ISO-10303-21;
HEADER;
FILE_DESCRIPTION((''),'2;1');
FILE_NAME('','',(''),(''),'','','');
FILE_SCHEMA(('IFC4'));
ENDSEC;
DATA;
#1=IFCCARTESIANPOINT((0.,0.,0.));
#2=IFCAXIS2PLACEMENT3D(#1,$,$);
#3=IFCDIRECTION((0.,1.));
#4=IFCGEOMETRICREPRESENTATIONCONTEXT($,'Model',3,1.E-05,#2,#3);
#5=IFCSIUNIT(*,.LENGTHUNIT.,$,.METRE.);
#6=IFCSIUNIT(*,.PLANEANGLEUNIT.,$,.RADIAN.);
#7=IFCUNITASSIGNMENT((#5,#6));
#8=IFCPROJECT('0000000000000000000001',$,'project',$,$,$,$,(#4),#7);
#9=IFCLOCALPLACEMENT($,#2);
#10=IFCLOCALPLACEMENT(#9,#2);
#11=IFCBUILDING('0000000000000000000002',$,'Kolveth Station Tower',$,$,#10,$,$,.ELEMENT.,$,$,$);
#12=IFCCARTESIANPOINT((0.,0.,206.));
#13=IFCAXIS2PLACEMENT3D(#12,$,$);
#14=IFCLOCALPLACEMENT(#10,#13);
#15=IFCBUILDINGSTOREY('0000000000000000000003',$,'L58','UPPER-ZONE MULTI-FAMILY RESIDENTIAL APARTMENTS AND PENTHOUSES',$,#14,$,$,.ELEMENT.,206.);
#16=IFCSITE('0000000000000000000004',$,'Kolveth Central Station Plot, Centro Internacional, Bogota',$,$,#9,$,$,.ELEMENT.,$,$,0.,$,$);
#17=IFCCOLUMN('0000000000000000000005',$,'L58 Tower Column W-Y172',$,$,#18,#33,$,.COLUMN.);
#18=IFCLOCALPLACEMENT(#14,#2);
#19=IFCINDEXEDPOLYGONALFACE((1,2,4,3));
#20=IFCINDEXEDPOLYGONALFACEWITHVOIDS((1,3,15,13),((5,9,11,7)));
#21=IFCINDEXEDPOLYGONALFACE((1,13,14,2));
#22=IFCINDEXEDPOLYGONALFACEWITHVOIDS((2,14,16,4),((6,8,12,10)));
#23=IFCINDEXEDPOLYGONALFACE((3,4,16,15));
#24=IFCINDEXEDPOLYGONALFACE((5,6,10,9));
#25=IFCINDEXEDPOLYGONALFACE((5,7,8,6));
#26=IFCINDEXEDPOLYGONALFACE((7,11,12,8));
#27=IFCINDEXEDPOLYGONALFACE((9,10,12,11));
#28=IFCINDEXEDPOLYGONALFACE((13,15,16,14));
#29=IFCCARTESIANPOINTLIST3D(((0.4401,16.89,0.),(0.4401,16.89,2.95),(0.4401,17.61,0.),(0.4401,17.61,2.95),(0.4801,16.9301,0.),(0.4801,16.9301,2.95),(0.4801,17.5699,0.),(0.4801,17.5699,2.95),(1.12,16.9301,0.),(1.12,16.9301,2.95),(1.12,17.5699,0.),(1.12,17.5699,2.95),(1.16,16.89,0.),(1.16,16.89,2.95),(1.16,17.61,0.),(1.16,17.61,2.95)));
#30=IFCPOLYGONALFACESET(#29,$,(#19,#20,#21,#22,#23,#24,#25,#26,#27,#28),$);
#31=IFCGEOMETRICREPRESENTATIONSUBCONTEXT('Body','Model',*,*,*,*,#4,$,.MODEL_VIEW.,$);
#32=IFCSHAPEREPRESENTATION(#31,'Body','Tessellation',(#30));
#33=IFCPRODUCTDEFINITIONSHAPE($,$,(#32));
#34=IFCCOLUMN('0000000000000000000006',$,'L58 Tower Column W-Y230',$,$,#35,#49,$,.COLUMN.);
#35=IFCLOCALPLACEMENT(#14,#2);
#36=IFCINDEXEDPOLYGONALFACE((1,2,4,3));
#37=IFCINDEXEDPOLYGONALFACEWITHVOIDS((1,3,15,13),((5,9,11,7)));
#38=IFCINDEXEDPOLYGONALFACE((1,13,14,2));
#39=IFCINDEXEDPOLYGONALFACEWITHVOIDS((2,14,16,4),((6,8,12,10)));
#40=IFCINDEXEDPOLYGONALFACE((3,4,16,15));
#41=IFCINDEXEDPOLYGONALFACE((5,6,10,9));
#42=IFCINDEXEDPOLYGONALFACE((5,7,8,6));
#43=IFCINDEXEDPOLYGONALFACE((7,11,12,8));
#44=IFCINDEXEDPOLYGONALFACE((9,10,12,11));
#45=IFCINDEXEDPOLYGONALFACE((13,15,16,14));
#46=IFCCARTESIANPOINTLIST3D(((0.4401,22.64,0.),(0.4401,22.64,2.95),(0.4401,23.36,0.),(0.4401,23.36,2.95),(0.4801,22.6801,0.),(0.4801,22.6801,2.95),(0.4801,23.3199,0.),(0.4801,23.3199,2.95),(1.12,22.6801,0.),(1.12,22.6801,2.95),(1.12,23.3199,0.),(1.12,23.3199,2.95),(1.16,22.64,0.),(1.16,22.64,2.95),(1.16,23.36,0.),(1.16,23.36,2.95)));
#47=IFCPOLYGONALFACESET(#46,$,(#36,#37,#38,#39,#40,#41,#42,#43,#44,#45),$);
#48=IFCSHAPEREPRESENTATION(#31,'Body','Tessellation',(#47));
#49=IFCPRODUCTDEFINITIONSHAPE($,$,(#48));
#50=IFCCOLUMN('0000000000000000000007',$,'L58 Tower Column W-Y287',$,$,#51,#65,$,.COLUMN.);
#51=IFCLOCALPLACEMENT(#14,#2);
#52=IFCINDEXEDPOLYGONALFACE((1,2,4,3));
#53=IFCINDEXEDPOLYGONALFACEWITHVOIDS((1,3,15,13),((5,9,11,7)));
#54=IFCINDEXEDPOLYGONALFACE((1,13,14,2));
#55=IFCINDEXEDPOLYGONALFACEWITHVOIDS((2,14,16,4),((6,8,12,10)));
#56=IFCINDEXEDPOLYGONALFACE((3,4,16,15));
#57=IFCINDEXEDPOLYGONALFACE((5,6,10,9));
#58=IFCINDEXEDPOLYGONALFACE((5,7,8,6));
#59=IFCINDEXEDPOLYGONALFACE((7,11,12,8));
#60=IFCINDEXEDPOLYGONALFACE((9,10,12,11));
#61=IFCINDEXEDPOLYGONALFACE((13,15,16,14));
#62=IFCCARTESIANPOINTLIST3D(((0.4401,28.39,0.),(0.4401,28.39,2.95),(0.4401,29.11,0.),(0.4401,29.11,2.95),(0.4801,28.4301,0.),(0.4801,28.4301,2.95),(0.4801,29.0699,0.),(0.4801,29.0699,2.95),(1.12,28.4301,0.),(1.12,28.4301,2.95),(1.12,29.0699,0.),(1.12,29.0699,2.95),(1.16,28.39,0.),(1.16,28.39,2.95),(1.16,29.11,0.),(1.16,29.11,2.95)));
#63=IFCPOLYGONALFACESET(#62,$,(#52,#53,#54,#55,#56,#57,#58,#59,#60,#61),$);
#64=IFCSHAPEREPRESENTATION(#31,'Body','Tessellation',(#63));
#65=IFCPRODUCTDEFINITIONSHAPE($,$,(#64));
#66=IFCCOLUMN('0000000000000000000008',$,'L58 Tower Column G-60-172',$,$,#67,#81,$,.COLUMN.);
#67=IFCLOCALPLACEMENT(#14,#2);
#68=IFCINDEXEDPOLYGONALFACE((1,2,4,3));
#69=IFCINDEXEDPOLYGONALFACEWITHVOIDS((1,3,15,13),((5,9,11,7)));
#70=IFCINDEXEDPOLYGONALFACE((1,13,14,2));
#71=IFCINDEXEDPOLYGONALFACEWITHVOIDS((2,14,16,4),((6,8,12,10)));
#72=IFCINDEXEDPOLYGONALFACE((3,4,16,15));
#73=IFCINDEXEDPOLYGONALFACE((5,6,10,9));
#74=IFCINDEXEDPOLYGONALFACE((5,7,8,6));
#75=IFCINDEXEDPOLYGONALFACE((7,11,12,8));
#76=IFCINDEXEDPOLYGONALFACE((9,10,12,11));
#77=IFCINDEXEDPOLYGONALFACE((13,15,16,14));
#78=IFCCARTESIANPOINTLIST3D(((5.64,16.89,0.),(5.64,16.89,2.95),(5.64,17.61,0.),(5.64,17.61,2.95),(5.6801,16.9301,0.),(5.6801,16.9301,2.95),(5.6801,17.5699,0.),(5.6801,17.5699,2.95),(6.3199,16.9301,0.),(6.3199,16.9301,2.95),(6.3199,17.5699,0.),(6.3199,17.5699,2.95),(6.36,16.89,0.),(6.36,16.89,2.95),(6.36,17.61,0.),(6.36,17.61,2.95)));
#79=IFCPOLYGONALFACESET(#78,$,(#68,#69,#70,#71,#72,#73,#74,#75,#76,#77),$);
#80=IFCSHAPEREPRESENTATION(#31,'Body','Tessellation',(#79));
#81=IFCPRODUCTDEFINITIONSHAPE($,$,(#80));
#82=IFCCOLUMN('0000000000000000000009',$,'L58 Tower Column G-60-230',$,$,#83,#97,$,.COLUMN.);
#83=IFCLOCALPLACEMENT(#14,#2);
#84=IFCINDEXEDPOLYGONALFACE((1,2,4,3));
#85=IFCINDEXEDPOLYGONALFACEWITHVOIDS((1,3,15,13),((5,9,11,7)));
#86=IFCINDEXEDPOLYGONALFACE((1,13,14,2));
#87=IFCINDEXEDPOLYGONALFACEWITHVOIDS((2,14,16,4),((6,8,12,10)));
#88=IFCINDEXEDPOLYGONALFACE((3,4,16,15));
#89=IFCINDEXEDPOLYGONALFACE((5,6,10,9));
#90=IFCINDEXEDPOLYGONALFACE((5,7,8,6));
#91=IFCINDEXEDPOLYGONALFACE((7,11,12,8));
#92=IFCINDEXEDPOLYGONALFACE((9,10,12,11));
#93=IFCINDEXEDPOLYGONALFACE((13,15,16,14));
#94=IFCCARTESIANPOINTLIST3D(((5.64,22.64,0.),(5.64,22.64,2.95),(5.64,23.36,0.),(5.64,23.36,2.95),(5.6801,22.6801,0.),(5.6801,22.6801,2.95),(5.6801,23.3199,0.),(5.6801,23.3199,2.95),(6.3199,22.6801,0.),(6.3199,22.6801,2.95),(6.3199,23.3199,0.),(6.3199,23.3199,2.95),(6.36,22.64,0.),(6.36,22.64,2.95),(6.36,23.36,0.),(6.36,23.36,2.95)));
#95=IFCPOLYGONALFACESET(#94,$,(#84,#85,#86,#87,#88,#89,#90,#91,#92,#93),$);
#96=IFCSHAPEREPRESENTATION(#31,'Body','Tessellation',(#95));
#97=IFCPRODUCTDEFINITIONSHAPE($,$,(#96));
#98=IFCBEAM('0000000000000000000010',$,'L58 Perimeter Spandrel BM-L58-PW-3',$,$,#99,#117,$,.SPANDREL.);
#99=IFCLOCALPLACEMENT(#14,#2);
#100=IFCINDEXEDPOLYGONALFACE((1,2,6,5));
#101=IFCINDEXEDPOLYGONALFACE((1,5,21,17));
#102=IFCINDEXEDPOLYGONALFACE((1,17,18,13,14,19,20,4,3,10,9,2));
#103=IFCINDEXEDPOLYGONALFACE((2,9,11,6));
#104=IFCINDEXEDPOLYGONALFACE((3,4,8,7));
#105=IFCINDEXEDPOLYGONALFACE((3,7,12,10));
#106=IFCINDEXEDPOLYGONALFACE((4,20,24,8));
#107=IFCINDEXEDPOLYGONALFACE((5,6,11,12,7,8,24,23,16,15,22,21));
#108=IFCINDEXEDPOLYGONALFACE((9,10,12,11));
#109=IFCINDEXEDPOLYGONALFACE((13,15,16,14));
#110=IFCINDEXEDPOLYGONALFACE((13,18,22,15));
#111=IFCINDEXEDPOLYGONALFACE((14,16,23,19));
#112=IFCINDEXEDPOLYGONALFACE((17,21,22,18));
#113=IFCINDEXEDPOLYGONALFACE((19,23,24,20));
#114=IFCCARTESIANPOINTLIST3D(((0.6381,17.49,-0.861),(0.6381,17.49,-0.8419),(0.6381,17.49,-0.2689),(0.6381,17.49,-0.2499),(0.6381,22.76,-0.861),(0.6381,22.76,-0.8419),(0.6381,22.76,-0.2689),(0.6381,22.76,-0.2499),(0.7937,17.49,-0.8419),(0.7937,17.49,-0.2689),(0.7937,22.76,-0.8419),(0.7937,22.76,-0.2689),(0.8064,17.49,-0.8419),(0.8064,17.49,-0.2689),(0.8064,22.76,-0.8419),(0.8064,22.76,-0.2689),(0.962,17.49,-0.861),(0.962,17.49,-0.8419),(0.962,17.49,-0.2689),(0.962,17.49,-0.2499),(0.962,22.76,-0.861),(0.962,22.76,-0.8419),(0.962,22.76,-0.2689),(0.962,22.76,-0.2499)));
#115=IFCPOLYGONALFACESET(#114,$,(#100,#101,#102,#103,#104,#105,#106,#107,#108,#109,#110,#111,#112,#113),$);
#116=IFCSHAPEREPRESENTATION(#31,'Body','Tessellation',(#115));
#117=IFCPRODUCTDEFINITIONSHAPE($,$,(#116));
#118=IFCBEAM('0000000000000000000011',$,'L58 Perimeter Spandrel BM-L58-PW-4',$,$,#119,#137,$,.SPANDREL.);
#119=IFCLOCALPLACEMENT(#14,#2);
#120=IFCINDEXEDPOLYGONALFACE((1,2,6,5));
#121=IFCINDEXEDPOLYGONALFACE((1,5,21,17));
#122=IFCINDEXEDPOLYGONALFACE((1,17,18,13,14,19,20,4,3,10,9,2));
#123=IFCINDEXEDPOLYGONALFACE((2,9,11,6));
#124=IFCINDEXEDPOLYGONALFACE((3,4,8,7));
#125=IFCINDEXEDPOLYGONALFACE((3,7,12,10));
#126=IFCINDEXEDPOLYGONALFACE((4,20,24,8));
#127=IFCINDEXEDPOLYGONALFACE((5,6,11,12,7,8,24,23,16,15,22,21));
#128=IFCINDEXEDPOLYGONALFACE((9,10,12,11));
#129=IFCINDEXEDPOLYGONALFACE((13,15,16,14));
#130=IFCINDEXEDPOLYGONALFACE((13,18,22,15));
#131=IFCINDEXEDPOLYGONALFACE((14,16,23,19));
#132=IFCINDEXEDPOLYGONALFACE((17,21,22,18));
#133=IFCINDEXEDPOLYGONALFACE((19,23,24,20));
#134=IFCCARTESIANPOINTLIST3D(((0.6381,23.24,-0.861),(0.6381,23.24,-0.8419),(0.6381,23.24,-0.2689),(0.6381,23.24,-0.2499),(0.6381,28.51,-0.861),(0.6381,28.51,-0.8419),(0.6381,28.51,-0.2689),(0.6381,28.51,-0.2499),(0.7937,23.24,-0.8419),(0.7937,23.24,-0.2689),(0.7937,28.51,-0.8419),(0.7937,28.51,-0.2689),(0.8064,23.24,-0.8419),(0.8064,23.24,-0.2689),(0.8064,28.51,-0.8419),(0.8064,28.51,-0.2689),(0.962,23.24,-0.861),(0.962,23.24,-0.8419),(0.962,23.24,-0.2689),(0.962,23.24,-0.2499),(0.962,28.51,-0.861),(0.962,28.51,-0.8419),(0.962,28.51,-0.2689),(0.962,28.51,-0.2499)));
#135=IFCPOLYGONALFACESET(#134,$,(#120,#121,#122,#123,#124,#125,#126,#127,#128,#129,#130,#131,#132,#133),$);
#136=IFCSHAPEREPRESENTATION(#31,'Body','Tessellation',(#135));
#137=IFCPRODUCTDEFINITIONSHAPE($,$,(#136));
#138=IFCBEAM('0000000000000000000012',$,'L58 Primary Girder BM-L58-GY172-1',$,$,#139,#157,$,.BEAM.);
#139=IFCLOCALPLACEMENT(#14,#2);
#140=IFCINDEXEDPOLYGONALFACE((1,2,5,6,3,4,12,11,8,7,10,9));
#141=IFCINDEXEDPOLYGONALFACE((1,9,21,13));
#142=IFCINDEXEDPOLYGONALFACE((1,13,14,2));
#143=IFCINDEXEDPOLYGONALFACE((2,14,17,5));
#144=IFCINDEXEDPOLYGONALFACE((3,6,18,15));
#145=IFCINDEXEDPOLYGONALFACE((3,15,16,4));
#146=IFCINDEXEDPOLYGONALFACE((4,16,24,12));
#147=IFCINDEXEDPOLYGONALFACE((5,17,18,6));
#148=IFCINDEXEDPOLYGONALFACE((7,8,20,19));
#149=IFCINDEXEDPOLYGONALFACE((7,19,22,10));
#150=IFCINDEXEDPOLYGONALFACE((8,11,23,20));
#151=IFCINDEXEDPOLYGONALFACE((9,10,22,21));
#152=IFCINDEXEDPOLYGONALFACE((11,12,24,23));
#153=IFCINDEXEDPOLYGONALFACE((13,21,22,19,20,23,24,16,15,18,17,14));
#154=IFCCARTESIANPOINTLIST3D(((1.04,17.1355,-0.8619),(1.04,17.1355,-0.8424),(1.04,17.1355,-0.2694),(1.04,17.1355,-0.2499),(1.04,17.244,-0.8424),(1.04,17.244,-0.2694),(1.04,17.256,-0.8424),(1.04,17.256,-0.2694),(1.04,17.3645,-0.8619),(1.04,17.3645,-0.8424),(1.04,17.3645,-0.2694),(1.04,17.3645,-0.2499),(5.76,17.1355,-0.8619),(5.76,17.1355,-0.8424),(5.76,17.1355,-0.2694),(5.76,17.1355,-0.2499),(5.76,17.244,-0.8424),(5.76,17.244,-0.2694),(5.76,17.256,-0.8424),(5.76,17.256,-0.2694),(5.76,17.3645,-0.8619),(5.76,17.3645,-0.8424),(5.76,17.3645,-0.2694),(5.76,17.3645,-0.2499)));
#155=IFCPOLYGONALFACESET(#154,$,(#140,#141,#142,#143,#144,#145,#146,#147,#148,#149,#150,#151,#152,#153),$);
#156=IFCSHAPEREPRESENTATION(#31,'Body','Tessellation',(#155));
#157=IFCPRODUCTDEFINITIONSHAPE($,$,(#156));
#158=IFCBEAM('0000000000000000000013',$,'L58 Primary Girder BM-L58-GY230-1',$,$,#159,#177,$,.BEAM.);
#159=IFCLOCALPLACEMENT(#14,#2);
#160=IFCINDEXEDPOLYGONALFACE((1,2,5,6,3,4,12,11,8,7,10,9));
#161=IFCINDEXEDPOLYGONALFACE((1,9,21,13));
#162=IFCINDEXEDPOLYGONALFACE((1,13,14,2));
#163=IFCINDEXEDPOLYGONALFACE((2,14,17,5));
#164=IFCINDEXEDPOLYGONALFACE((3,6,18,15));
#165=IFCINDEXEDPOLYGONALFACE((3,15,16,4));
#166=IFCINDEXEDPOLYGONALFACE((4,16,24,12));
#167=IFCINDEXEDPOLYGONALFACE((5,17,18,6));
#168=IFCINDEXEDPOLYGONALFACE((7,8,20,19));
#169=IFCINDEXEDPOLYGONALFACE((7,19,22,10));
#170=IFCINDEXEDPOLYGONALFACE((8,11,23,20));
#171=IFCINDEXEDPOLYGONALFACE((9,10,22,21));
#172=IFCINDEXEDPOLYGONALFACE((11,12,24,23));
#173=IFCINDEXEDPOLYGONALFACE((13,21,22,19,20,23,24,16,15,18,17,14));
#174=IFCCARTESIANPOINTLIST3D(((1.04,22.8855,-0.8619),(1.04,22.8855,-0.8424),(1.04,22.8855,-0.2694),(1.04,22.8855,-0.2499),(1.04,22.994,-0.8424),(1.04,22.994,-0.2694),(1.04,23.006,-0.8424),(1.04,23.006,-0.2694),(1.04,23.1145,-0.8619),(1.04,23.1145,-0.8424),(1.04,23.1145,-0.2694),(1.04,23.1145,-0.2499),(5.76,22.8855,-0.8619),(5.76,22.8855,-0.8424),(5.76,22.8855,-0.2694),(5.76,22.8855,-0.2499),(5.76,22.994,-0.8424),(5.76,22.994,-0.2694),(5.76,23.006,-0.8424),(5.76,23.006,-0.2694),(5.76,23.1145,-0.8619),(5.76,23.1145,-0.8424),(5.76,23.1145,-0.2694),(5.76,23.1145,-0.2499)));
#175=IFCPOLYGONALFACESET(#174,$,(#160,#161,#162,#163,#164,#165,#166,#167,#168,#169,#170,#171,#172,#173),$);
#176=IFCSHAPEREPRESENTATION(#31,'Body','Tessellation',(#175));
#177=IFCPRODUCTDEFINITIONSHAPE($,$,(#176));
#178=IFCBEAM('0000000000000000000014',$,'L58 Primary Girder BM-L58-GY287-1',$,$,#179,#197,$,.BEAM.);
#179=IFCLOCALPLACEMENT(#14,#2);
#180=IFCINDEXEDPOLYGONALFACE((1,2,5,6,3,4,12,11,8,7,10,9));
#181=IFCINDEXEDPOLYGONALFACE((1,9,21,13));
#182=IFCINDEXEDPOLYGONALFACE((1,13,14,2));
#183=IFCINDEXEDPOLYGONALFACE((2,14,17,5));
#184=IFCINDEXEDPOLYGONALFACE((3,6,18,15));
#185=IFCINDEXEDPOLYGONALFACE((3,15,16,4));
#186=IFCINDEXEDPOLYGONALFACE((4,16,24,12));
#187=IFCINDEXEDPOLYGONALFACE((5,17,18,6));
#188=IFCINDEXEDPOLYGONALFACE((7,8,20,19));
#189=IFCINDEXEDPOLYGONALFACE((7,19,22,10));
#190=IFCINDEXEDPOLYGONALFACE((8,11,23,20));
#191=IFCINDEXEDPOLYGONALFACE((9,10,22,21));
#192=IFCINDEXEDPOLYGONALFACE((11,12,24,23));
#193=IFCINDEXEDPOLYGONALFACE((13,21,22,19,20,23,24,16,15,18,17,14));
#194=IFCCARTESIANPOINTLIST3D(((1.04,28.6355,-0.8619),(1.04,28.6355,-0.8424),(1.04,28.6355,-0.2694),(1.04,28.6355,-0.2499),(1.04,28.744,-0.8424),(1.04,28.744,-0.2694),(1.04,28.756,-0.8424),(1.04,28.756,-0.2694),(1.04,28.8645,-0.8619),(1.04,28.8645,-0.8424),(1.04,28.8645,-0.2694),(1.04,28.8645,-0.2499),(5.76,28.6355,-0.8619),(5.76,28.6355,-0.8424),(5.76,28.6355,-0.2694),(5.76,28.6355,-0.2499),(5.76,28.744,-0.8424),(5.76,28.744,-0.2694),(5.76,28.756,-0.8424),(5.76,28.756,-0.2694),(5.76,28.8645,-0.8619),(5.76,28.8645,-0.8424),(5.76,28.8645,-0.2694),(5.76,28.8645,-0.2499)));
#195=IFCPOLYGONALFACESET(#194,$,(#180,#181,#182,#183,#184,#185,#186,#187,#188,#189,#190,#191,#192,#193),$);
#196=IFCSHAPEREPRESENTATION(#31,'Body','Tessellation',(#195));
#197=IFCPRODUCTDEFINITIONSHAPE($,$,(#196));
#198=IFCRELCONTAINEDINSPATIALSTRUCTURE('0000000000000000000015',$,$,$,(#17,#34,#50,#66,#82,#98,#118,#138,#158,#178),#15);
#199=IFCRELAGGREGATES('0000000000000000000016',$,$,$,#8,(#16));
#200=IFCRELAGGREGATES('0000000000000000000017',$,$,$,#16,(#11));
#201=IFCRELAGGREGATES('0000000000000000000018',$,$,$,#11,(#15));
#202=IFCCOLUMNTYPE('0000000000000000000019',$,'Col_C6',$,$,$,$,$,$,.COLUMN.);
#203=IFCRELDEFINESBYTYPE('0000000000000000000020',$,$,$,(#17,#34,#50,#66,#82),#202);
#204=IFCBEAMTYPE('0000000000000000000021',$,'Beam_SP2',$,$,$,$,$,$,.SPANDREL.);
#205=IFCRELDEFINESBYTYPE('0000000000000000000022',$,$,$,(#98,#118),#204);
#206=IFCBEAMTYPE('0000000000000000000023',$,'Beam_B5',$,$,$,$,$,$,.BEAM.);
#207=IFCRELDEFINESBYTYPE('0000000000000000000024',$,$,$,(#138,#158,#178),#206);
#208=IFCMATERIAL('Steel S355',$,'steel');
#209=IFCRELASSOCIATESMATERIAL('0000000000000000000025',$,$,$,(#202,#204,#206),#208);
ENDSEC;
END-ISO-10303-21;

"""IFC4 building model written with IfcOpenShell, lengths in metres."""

from ifc_helpers import new_model, si_unit, direction, frame, origin, origin_2d, place, context, subcontext, project, spatial, hollow_rectangle, i_section, extrude, source, transform, mapped, material, material_profile, profile_set, type_object, element, save


model = new_model("IFC4")

# Units and contexts
model_context = context("Model", 3, precision=1e-05, world=origin(), true_north=direction((0.0, 1.0)))
body_context = subcontext(model_context, "Body", "Model", "MODEL_VIEW")
ifc_project = project(units=[si_unit("LENGTHUNIT", "METRE"), si_unit("PLANEANGLEUNIT", "RADIAN")], contexts=[model_context])

# Site, building, storey
site_placement = place(None, origin())
site = spatial("IfcSite", under=ifc_project, at=site_placement, Name="Kolveth Central Station Plot, Centro Internacional, Bogota", CompositionType="ELEMENT", RefElevation=0.0)
building_placement = place(site_placement, origin())
building = spatial("IfcBuilding", under=site, at=building_placement, Name="Kolveth Station Tower", CompositionType="ELEMENT")
storey_placement = place(building_placement, frame((0.0, 0.0, 206.0)))
storey = spatial("IfcBuildingStorey", under=building, at=storey_placement, Name="L58", Description="UPPER-ZONE MULTI-FAMILY RESIDENTIAL APARTMENTS AND PENTHOUSES", CompositionType="ELEMENT", Elevation=206.0)

# Columns
ifc_material_1 = material(Name="Steel S355", Category="steel")
ifc_material_profile_1 = material_profile(ifc_material_1, hollow_rectangle(XDim=0.72, YDim=0.72, WallThickness=0.04, at=origin_2d()), Name="BOX720x720x40")
ifc_profile_set_1 = profile_set([ifc_material_profile_1], Name="Steel S355")
column_type = type_object("IfcColumnType", Name="Col_C6", PredefinedType="COLUMN", material=ifc_profile_set_1)
shared_shape_1 = source(origin(), body_context, "Body", "SweptSolid", [
    extrude(hollow_rectangle(XDim=0.72, YDim=0.72, WallThickness=0.04, at=origin_2d()), origin(), (0.0, 0.0, 1.0), 2.95),
])
for number, where, z_axis, x_axis, name in (
    (1, (0.8, 17.25, 0.0), (0.0, 0.0, 1.0), (1.0, 0.0, 0.0), "L58 Tower Column W-Y172"),
    (2, (0.8, 23.0, 0.0), (0.0, 0.0, 1.0), (1.0, 0.0, 0.0), "L58 Tower Column W-Y230"),
    (3, (0.8, 28.75, 0.0), (0.0, 0.0, 1.0), (1.0, 0.0, 0.0), "L58 Tower Column W-Y287"),
    (4, (6.0, 17.25, 0.0), (0.0, 0.0, 1.0), (1.0, 0.0, 0.0), "L58 Tower Column G-60-172"),
    (5, (6.0, 23.0, 0.0), (0.0, 0.0, 1.0), (1.0, 0.0, 0.0), "L58 Tower Column G-60-230"),
):
    element("IfcColumn", number, at=place(storey_placement, frame(where, z_axis=z_axis, x_axis=x_axis)), inside=storey, type_object=column_type, Name=name, PredefinedType="COLUMN", context=body_context, shape_type="MappedRepresentation", body=[
        mapped(shared_shape_1, transform((0.0, 0.0, 0.0), x_axis=(1.0, 0.0, 0.0), y_axis=(0.0, 1.0, 0.0), z_axis=(0.0, 0.0, 1.0), scale=1.0)),
    ])

# Beams
ifc_material_profile_2 = material_profile(ifc_material_1, i_section(OverallWidth=0.324, OverallDepth=0.6111, WebThickness=0.0127, FlangeThickness=0.019, at=origin_2d()), Name="W610x155")
ifc_profile_set_2 = profile_set([ifc_material_profile_2], Name="Steel S355")
beam_type_1 = type_object("IfcBeamType", Name="Beam_SP2", PredefinedType="SPANDREL", material=ifc_profile_set_2)
shared_shape_2 = source(origin(), body_context, "Body", "SweptSolid", [
    extrude(i_section(OverallWidth=0.324, OverallDepth=0.6111, WebThickness=0.0127, FlangeThickness=0.019, at=origin_2d()), origin(), (0.0, 0.0, 1.0), 5.27),
])
for number, where, z_axis, x_axis, name in (
    (6, (0.8, 17.49, -0.5554), (0.0, 1.0, 0.0), (-1.0, 0.0, 0.0), "L58 Perimeter Spandrel BM-L58-PW-3"),
    (7, (0.8, 23.24, -0.5554), (0.0, 1.0, 0.0), (-1.0, 0.0, 0.0), "L58 Perimeter Spandrel BM-L58-PW-4"),
):
    element("IfcBeam", number, at=place(storey_placement, frame(where, z_axis=z_axis, x_axis=x_axis)), inside=storey, type_object=beam_type_1, Name=name, PredefinedType="SPANDREL", context=body_context, shape_type="MappedRepresentation", body=[
        mapped(shared_shape_2, transform((0.0, 0.0, 0.0), x_axis=(1.0, 0.0, 0.0), y_axis=(0.0, 1.0, 0.0), z_axis=(0.0, 0.0, 1.0), scale=1.0)),
    ])
ifc_material_profile_3 = material_profile(ifc_material_1, i_section(OverallWidth=0.229, OverallDepth=0.6121, WebThickness=0.012, FlangeThickness=0.0195, at=origin_2d()), Name="W610x125")
ifc_profile_set_3 = profile_set([ifc_material_profile_3], Name="Steel S355")
beam_type_2 = type_object("IfcBeamType", Name="Beam_B5", PredefinedType="BEAM", material=ifc_profile_set_3)
shared_shape_3 = source(origin(), body_context, "Body", "SweptSolid", [
    extrude(i_section(OverallWidth=0.229, OverallDepth=0.6121, WebThickness=0.012, FlangeThickness=0.0195, at=origin_2d()), origin(), (0.0, 0.0, 1.0), 4.72),
])
for number, where, z_axis, x_axis, name in (
    (8, (1.04, 17.25, -0.5559), (1.0, 0.0, 0.0), (0.0, 1.0, 0.0), "L58 Primary Girder BM-L58-GY172-1"),
    (9, (1.04, 23.0, -0.5559), (1.0, 0.0, 0.0), (0.0, 1.0, 0.0), "L58 Primary Girder BM-L58-GY230-1"),
    (10, (1.04, 28.75, -0.5559), (1.0, 0.0, 0.0), (0.0, 1.0, 0.0), "L58 Primary Girder BM-L58-GY287-1"),
):
    element("IfcBeam", number, at=place(storey_placement, frame(where, z_axis=z_axis, x_axis=x_axis)), inside=storey, type_object=beam_type_2, Name=name, PredefinedType="BEAM", context=body_context, shape_type="MappedRepresentation", body=[
        mapped(shared_shape_3, transform((0.0, 0.0, 0.0), x_axis=(1.0, 0.0, 0.0), y_axis=(0.0, 1.0, 0.0), z_axis=(0.0, 0.0, 1.0), scale=1.0)),
    ])

save(model, "model.ifc")
